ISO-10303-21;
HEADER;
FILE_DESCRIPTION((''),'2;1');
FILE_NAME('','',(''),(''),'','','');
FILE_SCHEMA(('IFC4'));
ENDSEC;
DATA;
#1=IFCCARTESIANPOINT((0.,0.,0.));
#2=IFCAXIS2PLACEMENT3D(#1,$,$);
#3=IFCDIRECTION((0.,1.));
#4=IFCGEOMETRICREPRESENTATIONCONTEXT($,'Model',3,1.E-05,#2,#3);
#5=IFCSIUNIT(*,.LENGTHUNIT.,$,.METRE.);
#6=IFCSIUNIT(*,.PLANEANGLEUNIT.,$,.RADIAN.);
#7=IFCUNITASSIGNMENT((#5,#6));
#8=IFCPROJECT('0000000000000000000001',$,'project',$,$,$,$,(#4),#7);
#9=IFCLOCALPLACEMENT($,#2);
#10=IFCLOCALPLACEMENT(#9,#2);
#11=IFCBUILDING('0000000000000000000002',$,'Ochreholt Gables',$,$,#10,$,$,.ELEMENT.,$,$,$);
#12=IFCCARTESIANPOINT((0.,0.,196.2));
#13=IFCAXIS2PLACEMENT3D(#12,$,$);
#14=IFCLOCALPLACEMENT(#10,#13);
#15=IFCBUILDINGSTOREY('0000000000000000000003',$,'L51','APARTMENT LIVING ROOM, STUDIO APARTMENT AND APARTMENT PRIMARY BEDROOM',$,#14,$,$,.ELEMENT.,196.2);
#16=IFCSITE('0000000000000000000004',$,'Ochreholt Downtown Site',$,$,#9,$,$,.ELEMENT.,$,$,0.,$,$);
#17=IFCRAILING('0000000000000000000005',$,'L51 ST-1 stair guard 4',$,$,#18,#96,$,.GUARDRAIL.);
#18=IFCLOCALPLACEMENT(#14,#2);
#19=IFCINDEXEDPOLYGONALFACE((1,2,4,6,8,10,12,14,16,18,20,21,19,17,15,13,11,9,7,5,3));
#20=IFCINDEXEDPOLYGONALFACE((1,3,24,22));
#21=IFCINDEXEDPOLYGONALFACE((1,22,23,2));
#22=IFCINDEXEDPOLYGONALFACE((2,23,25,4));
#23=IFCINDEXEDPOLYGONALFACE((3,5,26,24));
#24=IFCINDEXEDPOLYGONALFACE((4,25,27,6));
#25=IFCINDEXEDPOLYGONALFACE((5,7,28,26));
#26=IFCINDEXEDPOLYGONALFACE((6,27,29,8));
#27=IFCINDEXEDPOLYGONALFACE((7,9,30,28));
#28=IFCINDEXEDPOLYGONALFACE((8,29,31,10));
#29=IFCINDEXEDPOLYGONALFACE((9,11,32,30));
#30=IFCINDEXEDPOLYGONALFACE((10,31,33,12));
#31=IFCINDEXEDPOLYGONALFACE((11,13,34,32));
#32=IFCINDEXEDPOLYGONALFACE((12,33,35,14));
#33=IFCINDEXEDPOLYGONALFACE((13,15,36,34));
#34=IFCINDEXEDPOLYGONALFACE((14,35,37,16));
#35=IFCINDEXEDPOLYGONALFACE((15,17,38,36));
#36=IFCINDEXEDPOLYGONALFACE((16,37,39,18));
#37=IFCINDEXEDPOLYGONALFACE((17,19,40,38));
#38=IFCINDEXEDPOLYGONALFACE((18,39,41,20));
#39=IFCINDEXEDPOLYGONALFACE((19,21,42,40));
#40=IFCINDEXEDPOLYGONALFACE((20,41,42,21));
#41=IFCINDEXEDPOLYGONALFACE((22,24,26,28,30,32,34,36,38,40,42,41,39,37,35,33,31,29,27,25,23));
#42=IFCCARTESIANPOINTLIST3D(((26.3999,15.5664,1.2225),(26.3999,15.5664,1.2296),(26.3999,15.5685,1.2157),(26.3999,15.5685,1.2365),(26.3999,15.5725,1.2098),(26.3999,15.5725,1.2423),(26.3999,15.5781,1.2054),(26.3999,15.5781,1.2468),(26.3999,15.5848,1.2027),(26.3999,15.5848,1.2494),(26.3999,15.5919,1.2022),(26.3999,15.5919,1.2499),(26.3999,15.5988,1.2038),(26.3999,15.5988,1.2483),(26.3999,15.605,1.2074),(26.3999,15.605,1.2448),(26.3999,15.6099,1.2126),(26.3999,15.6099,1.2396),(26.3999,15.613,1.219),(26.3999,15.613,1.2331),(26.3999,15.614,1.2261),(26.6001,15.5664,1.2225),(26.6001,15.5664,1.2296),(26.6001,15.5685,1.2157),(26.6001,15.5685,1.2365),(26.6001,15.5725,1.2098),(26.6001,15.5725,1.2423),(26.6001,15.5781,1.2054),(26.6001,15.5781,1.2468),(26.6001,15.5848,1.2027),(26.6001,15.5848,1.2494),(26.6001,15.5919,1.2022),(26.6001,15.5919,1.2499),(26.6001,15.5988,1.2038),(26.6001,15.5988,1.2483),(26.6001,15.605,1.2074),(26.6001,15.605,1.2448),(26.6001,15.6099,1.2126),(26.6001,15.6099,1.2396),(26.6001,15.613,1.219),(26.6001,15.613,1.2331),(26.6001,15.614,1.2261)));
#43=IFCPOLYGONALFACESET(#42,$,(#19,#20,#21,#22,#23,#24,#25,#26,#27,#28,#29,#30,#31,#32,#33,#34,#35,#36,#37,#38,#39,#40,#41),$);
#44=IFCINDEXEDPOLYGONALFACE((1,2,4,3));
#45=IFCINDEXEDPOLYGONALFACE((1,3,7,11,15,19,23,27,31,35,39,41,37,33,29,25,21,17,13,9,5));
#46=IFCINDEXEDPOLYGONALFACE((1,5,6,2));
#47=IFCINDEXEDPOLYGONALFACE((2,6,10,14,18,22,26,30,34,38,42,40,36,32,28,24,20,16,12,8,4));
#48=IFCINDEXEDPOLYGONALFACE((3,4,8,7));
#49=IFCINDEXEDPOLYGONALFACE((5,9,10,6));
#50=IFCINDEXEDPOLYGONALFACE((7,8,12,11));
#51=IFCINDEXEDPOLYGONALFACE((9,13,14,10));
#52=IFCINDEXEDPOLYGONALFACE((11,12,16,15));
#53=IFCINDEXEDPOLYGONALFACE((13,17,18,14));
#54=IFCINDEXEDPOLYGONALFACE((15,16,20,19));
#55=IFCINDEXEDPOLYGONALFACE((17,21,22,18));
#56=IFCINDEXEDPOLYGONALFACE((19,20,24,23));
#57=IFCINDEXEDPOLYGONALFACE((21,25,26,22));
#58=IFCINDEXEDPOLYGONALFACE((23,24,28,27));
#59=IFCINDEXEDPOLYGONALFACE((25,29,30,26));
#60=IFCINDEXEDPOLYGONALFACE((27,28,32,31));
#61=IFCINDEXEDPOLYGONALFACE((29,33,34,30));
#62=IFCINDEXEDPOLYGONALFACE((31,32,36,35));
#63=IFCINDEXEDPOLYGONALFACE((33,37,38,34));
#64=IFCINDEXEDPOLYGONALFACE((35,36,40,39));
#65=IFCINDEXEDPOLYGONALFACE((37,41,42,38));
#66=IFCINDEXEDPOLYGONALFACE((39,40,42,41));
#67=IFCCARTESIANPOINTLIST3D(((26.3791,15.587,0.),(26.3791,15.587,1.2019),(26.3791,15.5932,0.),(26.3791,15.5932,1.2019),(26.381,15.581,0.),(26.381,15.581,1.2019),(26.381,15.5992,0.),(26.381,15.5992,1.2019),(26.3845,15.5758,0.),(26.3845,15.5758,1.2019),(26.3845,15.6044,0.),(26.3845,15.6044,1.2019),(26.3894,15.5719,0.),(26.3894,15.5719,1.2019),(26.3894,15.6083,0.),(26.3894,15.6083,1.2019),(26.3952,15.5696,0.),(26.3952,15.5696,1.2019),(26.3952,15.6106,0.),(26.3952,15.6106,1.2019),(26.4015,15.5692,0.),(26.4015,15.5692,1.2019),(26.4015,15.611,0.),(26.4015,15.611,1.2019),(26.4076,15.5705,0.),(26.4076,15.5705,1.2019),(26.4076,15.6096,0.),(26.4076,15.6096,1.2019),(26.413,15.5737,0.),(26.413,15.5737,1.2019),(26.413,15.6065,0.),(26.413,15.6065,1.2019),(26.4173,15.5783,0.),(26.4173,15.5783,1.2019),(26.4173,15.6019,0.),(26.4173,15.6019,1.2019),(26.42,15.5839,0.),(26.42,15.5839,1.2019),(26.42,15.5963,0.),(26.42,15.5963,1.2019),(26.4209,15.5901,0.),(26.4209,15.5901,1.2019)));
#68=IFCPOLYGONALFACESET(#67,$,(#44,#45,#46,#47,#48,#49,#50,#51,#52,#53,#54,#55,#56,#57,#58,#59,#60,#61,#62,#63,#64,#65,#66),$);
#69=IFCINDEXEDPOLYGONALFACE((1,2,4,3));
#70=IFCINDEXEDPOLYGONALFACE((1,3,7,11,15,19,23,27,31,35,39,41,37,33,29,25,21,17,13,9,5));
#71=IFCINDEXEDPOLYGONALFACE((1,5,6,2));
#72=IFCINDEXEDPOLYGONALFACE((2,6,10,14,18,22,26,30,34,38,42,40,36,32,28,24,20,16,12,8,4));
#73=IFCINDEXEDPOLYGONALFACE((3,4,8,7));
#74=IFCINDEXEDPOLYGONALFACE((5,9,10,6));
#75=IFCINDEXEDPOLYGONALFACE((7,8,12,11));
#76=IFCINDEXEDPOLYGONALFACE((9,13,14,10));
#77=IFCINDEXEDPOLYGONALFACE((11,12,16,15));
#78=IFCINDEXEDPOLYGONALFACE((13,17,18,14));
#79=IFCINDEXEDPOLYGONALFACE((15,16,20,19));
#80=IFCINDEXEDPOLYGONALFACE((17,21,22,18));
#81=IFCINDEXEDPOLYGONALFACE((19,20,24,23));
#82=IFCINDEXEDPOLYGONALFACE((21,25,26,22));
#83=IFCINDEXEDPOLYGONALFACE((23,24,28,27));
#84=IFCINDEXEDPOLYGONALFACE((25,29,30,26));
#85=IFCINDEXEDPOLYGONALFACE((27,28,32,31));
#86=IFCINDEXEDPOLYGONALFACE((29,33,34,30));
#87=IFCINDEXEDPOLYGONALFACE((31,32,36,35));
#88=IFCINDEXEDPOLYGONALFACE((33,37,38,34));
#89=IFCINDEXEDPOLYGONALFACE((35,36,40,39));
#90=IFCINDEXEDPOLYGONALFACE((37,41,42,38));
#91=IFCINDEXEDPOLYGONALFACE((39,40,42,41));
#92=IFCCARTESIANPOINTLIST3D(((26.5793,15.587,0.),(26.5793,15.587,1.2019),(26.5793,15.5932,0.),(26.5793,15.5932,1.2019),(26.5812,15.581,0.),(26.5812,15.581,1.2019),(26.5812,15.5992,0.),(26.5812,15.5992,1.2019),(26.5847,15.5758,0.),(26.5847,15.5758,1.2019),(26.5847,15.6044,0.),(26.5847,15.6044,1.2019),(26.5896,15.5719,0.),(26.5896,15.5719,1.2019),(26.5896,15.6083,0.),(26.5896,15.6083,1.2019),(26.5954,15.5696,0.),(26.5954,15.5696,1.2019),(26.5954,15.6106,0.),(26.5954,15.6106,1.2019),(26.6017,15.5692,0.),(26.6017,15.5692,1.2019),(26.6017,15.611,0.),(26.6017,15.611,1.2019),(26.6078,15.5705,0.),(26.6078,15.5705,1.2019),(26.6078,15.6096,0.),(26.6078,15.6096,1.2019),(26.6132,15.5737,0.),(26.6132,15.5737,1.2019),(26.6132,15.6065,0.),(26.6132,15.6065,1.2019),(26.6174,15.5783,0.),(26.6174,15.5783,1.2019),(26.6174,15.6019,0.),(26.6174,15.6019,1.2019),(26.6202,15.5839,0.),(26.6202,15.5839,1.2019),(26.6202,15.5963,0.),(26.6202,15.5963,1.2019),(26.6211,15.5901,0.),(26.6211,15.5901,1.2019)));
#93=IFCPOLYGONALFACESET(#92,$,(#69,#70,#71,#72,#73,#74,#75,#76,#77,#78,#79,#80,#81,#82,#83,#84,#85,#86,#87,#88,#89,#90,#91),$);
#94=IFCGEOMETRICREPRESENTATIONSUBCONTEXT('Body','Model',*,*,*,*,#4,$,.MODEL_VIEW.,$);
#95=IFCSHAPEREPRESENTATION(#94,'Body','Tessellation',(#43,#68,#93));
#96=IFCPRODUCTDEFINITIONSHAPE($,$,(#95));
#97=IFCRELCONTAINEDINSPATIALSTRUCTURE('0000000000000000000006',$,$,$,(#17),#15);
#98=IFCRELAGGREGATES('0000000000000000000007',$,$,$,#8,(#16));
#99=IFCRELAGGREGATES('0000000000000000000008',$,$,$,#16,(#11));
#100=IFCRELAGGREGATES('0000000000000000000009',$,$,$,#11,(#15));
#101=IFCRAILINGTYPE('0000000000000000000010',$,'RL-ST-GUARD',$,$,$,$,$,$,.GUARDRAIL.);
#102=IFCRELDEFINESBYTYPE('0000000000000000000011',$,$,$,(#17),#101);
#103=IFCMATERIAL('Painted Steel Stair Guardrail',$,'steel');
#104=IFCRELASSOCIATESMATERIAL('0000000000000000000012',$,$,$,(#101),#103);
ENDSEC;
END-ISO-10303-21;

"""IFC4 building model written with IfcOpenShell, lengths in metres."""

from ifc_helpers import new_model, si_unit, direction, frame, origin, origin_2d, place, context, subcontext, project, spatial, circle, extrude, material, type_object, element, save


model = new_model("IFC4")

# Units and contexts
model_context = context("Model", 3, precision=1e-05, world=origin(), true_north=direction((0.0, 1.0)))
body_context = subcontext(model_context, "Body", "Model", "MODEL_VIEW")
ifc_project = project(units=[si_unit("LENGTHUNIT", "METRE"), si_unit("PLANEANGLEUNIT", "RADIAN")], contexts=[model_context])

# Site, building, storey
site_placement = place(None, origin())
site = spatial("IfcSite", under=ifc_project, at=site_placement, Name="Ochreholt Downtown Site", CompositionType="ELEMENT", RefElevation=0.0)
building_placement = place(site_placement, origin())
building = spatial("IfcBuilding", under=site, at=building_placement, Name="Ochreholt Gables", CompositionType="ELEMENT")
storey_placement = place(building_placement, frame((0.0, 0.0, 196.2)))
storey = spatial("IfcBuildingStorey", under=building, at=storey_placement, Name="L51", Description="APARTMENT LIVING ROOM, STUDIO APARTMENT AND APARTMENT PRIMARY BEDROOM", CompositionType="ELEMENT", Elevation=196.2)

# Railing
ifc_material_1 = material(Name="Painted Steel Stair Guardrail", Category="steel")
railing_type = type_object("IfcRailingType", Name="RL-ST-GUARD", PredefinedType="GUARDRAIL", material=ifc_material_1)
railing_1_placement = place(storey_placement, frame((26.3999, 15.5901, 0.0)))
element("IfcRailing", 1, at=railing_1_placement, inside=storey, type_object=railing_type, Name="L51 ST-1 stair guard 4", PredefinedType="GUARDRAIL", context=body_context, shape_type="SweptSolid", body=[
    extrude(circle(Radius=0.0239, at=origin_2d()), frame((0.0, 0.0, 1.2261), z_axis=(1.0, 0.0, 0.0), x_axis=(0.0, 1.0, 0.0)), (0.0, 0.0, 1.0), 0.2002),
    extrude(circle(Radius=0.021, at=origin_2d()), origin(), (0.0, 0.0, 1.0), 1.2019),
    extrude(circle(Radius=0.021, at=origin_2d()), frame((0.2002, 0.0, 0.0)), (0.0, 0.0, 1.0), 1.2019),
])

save(model, "model.ifc")
